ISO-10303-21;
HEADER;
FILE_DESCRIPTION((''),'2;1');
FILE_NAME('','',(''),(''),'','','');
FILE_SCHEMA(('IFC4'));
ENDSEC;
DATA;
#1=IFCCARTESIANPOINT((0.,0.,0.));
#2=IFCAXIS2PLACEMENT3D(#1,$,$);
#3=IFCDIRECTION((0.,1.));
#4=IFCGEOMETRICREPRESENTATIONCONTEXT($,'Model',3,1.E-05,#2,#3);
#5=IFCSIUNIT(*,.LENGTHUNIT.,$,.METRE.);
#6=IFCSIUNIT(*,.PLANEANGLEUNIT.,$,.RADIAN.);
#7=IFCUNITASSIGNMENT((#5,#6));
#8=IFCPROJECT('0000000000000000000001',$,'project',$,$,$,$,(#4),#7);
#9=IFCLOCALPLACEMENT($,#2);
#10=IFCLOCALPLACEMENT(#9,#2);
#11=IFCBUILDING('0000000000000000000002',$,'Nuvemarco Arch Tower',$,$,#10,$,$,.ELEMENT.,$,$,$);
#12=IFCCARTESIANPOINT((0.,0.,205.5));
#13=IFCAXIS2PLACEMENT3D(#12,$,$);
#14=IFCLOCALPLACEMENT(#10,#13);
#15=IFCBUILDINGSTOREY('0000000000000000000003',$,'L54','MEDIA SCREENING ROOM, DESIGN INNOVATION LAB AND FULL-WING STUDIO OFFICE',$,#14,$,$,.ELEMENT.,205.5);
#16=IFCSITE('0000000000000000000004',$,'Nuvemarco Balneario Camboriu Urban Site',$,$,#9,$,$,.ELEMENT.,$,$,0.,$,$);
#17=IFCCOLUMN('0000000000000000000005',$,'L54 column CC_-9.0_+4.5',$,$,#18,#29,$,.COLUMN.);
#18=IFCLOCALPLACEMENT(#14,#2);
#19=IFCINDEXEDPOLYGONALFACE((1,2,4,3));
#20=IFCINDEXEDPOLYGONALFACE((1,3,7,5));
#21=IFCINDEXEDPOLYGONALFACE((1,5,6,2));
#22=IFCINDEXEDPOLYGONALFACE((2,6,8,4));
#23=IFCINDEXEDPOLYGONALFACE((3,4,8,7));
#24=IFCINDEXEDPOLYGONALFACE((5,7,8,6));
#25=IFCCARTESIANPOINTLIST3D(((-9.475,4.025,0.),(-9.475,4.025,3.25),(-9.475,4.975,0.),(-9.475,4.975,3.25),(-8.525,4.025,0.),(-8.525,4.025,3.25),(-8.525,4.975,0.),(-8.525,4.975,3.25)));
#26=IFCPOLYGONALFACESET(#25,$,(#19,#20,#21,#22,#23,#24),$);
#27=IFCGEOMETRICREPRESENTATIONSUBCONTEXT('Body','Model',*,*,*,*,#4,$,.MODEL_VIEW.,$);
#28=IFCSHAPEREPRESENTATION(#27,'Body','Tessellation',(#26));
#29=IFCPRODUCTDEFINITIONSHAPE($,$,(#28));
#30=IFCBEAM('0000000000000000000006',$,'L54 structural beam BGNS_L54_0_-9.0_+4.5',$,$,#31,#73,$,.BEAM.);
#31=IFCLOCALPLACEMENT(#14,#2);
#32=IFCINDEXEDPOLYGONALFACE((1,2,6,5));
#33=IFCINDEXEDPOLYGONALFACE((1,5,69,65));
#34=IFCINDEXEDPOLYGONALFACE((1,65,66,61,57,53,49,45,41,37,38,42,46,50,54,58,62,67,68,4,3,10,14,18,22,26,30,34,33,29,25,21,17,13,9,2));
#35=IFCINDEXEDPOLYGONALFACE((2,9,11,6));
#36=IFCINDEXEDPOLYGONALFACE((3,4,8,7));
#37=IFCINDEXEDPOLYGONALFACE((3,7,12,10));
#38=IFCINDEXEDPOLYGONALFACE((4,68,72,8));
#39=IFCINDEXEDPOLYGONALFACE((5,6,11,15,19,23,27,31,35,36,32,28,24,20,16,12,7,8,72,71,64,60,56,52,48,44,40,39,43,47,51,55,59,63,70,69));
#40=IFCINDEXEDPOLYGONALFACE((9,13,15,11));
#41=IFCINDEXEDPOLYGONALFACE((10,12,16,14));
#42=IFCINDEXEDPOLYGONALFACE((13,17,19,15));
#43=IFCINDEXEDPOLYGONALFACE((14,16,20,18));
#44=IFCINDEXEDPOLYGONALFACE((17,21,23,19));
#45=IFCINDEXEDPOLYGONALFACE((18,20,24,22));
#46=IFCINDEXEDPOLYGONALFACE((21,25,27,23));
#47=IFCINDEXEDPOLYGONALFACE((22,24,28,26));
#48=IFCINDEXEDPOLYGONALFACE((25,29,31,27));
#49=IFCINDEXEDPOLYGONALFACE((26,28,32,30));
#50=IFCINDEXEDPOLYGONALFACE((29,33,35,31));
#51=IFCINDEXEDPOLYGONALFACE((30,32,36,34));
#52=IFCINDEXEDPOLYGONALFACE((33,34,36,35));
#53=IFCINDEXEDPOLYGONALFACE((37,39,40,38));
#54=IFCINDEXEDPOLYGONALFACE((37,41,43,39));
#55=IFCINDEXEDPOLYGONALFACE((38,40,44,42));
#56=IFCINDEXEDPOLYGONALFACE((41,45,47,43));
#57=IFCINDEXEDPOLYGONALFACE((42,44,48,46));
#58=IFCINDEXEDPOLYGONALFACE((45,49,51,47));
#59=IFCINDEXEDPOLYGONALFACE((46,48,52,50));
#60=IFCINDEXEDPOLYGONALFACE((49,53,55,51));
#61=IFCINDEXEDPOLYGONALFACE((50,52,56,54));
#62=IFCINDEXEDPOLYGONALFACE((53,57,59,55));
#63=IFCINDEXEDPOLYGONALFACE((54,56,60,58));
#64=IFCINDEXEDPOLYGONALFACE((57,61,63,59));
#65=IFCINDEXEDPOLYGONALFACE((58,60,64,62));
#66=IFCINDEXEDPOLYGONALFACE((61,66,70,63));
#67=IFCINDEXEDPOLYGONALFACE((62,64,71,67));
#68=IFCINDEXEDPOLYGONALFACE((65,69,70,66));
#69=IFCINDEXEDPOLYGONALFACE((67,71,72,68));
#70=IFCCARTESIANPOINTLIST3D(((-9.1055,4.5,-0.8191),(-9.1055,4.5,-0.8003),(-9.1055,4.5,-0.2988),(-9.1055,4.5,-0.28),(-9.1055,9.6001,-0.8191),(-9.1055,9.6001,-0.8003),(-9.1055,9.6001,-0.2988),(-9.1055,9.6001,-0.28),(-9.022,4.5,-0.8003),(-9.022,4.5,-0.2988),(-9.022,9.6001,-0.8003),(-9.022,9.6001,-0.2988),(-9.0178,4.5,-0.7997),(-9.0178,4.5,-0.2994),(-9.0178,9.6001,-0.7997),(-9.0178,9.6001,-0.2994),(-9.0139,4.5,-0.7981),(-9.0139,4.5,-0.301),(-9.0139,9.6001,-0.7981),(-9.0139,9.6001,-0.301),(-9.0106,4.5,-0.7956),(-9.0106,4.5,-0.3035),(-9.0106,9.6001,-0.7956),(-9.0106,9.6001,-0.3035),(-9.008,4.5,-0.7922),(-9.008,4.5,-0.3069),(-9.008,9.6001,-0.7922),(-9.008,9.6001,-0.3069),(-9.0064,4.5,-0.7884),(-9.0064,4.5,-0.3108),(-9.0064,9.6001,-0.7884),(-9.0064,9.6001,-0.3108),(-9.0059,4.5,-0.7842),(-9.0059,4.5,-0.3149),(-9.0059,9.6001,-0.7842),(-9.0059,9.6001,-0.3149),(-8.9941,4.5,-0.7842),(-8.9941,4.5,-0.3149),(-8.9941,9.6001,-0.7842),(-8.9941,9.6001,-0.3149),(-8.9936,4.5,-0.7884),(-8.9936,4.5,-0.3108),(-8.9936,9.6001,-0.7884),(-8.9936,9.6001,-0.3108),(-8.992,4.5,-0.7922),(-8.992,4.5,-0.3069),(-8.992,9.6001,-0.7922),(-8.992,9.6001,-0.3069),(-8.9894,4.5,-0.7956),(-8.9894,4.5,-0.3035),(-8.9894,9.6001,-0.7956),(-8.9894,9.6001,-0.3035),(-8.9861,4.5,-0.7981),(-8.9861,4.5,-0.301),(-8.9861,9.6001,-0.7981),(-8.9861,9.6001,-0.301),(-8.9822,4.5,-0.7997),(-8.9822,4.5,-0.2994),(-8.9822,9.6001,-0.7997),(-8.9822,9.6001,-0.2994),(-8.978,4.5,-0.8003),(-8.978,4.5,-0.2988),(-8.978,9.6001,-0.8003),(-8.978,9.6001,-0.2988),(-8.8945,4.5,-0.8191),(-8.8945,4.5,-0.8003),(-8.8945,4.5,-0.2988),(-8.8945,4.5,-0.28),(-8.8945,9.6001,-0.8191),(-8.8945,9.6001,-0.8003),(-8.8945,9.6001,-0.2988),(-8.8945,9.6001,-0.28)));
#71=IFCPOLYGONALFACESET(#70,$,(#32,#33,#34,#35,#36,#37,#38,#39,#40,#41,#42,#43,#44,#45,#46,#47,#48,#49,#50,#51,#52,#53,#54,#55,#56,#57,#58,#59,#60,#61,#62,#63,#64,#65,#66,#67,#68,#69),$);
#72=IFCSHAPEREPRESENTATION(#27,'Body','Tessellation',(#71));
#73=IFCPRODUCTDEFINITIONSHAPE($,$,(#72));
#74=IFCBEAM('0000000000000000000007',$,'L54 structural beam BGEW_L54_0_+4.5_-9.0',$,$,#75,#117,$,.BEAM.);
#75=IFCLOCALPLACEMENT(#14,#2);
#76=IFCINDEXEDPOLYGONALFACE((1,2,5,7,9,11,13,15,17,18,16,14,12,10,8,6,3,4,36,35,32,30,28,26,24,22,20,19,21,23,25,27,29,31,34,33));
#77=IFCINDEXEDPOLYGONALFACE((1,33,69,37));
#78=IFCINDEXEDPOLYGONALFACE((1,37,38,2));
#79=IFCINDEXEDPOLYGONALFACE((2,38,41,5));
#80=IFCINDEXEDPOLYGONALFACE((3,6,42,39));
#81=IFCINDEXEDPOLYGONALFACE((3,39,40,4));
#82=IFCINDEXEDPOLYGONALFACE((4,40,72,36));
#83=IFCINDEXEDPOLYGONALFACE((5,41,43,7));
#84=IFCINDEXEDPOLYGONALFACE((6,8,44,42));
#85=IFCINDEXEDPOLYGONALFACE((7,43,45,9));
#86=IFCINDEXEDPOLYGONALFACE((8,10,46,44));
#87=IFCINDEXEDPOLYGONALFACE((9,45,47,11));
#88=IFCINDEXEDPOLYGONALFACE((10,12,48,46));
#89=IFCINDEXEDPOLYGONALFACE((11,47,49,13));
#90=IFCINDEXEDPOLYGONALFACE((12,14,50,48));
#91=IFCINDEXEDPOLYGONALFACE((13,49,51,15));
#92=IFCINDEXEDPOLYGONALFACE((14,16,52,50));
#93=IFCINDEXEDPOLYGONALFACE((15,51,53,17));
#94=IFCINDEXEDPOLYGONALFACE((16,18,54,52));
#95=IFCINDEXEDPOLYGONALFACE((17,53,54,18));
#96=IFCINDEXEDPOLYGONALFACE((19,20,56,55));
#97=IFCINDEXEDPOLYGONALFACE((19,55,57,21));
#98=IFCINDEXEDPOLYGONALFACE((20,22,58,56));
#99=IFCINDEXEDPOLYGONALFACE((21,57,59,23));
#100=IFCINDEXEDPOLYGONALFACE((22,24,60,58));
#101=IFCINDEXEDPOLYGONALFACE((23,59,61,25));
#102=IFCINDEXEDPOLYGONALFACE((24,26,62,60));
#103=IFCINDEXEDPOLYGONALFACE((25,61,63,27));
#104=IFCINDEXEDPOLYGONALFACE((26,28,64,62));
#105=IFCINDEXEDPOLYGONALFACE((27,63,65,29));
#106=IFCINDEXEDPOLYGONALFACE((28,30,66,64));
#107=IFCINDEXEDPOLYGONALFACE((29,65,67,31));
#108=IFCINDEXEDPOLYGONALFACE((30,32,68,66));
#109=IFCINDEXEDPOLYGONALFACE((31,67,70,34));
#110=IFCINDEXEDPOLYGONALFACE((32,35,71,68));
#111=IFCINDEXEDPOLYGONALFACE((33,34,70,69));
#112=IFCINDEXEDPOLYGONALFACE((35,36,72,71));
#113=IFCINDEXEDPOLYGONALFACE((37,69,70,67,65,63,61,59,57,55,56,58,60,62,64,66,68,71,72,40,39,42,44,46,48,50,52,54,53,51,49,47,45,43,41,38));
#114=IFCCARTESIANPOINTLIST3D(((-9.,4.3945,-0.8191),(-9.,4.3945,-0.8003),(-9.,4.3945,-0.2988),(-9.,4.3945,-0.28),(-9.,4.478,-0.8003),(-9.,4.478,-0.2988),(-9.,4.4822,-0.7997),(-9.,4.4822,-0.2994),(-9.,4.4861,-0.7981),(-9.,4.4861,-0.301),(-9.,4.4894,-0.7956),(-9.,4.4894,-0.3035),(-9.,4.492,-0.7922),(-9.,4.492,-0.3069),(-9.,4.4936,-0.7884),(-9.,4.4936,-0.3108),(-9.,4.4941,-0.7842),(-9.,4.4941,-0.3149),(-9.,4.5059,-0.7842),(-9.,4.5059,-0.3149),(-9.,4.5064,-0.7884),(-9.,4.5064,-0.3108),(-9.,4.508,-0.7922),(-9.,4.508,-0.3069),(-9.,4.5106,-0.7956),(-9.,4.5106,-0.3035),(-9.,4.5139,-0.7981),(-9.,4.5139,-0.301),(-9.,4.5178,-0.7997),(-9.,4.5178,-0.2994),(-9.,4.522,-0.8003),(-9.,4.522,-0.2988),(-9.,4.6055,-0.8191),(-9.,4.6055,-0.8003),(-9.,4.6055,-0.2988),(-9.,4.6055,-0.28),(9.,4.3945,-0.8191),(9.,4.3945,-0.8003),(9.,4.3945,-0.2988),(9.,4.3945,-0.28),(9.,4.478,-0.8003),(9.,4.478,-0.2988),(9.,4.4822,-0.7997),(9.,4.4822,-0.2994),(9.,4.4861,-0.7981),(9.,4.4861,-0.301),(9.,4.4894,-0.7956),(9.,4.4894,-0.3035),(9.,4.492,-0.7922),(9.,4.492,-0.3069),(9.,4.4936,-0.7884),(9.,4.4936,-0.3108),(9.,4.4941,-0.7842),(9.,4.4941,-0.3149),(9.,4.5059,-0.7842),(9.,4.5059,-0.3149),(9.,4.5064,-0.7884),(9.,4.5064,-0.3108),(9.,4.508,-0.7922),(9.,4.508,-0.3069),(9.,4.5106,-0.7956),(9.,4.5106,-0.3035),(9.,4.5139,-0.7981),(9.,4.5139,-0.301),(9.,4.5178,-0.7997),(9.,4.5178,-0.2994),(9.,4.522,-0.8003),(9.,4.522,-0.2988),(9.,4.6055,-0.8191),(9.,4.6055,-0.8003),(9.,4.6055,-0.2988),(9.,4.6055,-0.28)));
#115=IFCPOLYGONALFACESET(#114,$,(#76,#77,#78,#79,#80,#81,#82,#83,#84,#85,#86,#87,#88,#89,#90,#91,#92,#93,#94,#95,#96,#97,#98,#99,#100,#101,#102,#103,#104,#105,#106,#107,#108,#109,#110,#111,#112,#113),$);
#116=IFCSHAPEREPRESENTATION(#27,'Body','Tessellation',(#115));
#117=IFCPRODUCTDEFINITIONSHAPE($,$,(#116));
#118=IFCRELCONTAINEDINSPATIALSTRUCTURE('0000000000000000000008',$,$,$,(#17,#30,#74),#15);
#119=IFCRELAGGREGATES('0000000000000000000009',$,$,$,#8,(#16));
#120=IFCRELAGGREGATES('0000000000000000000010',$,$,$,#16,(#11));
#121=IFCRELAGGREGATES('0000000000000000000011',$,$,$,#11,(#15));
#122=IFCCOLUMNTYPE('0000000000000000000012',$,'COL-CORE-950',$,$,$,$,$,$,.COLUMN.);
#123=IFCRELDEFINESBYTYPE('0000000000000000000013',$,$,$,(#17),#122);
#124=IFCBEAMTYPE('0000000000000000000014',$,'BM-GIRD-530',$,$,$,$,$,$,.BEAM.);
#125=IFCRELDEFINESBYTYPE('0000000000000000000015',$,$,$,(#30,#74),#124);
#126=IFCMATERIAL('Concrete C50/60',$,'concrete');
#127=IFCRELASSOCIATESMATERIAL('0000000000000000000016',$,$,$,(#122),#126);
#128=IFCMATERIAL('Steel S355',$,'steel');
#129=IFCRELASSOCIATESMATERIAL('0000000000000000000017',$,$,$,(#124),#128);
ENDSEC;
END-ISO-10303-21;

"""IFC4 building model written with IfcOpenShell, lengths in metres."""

from ifc_helpers import new_model, si_unit, direction, frame, origin, origin_2d, place, context, subcontext, project, spatial, rectangle, i_section, extrude, material, material_profile, profile_set, type_object, element, save


model = new_model("IFC4")

# Units and contexts
model_context = context("Model", 3, precision=1e-05, world=origin(), true_north=direction((0.0, 1.0)))
body_context = subcontext(model_context, "Body", "Model", "MODEL_VIEW")
ifc_project = project(units=[si_unit("LENGTHUNIT", "METRE"), si_unit("PLANEANGLEUNIT", "RADIAN")], contexts=[model_context])

# Site, building, storey
site_placement = place(None, origin())
site = spatial("IfcSite", under=ifc_project, at=site_placement, Name="Nuvemarco Balneario Camboriu Urban Site", CompositionType="ELEMENT", RefElevation=0.0)
building_placement = place(site_placement, origin())
building = spatial("IfcBuilding", under=site, at=building_placement, Name="Nuvemarco Arch Tower", CompositionType="ELEMENT")
storey_placement = place(building_placement, frame((0.0, 0.0, 205.5)))
storey = spatial("IfcBuildingStorey", under=building, at=storey_placement, Name="L54", Description="MEDIA SCREENING ROOM, DESIGN INNOVATION LAB AND FULL-WING STUDIO OFFICE", CompositionType="ELEMENT", Elevation=205.5)

# Column
ifc_material_1 = material(Name="Concrete C50/60", Category="concrete")
ifc_material_profile_1 = material_profile(ifc_material_1, rectangle(XDim=0.95, YDim=0.95, at=origin_2d()), Name="RC-COL-950x950")
ifc_profile_set_1 = profile_set([ifc_material_profile_1], Name="Concrete C50/60")
column_type = type_object("IfcColumnType", Name="COL-CORE-950", PredefinedType="COLUMN", material=ifc_profile_set_1)
column_placement = place(storey_placement, frame((-9.0, 4.5, 0.0), z_axis=(0.0, 0.0, 1.0), x_axis=(1.0, 0.0, 0.0)))
element("IfcColumn", 1, at=column_placement, inside=storey, type_object=column_type, Name="L54 column CC_-9.0_+4.5", PredefinedType="COLUMN", context=body_context, shape_type="SweptSolid", body=[
    extrude(rectangle(XDim=0.95, YDim=0.95, at=origin_2d()), origin(), (0.0, 0.0, 1.0), 3.25),
])

# Beams
ifc_material_2 = material(Name="Steel S355", Category="steel")
ifc_material_profile_2 = material_profile(ifc_material_2, i_section(OverallWidth=0.2109, OverallDepth=0.5391, WebThickness=0.0117, FlangeThickness=0.0188, FilletRadius=0.0161, at=origin_2d()), Name="W530x109")
ifc_profile_set_2 = profile_set([ifc_material_profile_2], Name="Steel S355")
beam_type = type_object("IfcBeamType", Name="BM-GIRD-530", PredefinedType="BEAM", material=ifc_profile_set_2)
beam_1_placement = place(storey_placement, frame((-9.0, 4.5, -0.5496), z_axis=(0.0, 1.0, 0.0), x_axis=(-1.0, 0.0, 0.0)))
element("IfcBeam", 2, at=beam_1_placement, inside=storey, type_object=beam_type, Name="L54 structural beam BGNS_L54_0_-9.0_+4.5", PredefinedType="BEAM", context=body_context, shape_type="SweptSolid", body=[
    extrude(i_section(OverallWidth=0.2109, OverallDepth=0.5391, WebThickness=0.0117, FlangeThickness=0.0188, FilletRadius=0.0161, at=origin_2d()), origin(), (0.0, 0.0, 1.0), 5.1001),
])
beam_2_placement = place(storey_placement, frame((-9.0, 4.5, -0.5496), z_axis=(1.0, 0.0, 0.0), x_axis=(0.0, 1.0, 0.0)))
element("IfcBeam", 3, at=beam_2_placement, inside=storey, type_object=beam_type, Name="L54 structural beam BGEW_L54_0_+4.5_-9.0", PredefinedType="BEAM", context=body_context, shape_type="SweptSolid", body=[
    extrude(i_section(OverallWidth=0.2109, OverallDepth=0.5391, WebThickness=0.0117, FlangeThickness=0.0188, FilletRadius=0.0161, at=origin_2d()), origin(), (0.0, 0.0, 1.0), 18.0),
])

save(model, "model.ifc")
